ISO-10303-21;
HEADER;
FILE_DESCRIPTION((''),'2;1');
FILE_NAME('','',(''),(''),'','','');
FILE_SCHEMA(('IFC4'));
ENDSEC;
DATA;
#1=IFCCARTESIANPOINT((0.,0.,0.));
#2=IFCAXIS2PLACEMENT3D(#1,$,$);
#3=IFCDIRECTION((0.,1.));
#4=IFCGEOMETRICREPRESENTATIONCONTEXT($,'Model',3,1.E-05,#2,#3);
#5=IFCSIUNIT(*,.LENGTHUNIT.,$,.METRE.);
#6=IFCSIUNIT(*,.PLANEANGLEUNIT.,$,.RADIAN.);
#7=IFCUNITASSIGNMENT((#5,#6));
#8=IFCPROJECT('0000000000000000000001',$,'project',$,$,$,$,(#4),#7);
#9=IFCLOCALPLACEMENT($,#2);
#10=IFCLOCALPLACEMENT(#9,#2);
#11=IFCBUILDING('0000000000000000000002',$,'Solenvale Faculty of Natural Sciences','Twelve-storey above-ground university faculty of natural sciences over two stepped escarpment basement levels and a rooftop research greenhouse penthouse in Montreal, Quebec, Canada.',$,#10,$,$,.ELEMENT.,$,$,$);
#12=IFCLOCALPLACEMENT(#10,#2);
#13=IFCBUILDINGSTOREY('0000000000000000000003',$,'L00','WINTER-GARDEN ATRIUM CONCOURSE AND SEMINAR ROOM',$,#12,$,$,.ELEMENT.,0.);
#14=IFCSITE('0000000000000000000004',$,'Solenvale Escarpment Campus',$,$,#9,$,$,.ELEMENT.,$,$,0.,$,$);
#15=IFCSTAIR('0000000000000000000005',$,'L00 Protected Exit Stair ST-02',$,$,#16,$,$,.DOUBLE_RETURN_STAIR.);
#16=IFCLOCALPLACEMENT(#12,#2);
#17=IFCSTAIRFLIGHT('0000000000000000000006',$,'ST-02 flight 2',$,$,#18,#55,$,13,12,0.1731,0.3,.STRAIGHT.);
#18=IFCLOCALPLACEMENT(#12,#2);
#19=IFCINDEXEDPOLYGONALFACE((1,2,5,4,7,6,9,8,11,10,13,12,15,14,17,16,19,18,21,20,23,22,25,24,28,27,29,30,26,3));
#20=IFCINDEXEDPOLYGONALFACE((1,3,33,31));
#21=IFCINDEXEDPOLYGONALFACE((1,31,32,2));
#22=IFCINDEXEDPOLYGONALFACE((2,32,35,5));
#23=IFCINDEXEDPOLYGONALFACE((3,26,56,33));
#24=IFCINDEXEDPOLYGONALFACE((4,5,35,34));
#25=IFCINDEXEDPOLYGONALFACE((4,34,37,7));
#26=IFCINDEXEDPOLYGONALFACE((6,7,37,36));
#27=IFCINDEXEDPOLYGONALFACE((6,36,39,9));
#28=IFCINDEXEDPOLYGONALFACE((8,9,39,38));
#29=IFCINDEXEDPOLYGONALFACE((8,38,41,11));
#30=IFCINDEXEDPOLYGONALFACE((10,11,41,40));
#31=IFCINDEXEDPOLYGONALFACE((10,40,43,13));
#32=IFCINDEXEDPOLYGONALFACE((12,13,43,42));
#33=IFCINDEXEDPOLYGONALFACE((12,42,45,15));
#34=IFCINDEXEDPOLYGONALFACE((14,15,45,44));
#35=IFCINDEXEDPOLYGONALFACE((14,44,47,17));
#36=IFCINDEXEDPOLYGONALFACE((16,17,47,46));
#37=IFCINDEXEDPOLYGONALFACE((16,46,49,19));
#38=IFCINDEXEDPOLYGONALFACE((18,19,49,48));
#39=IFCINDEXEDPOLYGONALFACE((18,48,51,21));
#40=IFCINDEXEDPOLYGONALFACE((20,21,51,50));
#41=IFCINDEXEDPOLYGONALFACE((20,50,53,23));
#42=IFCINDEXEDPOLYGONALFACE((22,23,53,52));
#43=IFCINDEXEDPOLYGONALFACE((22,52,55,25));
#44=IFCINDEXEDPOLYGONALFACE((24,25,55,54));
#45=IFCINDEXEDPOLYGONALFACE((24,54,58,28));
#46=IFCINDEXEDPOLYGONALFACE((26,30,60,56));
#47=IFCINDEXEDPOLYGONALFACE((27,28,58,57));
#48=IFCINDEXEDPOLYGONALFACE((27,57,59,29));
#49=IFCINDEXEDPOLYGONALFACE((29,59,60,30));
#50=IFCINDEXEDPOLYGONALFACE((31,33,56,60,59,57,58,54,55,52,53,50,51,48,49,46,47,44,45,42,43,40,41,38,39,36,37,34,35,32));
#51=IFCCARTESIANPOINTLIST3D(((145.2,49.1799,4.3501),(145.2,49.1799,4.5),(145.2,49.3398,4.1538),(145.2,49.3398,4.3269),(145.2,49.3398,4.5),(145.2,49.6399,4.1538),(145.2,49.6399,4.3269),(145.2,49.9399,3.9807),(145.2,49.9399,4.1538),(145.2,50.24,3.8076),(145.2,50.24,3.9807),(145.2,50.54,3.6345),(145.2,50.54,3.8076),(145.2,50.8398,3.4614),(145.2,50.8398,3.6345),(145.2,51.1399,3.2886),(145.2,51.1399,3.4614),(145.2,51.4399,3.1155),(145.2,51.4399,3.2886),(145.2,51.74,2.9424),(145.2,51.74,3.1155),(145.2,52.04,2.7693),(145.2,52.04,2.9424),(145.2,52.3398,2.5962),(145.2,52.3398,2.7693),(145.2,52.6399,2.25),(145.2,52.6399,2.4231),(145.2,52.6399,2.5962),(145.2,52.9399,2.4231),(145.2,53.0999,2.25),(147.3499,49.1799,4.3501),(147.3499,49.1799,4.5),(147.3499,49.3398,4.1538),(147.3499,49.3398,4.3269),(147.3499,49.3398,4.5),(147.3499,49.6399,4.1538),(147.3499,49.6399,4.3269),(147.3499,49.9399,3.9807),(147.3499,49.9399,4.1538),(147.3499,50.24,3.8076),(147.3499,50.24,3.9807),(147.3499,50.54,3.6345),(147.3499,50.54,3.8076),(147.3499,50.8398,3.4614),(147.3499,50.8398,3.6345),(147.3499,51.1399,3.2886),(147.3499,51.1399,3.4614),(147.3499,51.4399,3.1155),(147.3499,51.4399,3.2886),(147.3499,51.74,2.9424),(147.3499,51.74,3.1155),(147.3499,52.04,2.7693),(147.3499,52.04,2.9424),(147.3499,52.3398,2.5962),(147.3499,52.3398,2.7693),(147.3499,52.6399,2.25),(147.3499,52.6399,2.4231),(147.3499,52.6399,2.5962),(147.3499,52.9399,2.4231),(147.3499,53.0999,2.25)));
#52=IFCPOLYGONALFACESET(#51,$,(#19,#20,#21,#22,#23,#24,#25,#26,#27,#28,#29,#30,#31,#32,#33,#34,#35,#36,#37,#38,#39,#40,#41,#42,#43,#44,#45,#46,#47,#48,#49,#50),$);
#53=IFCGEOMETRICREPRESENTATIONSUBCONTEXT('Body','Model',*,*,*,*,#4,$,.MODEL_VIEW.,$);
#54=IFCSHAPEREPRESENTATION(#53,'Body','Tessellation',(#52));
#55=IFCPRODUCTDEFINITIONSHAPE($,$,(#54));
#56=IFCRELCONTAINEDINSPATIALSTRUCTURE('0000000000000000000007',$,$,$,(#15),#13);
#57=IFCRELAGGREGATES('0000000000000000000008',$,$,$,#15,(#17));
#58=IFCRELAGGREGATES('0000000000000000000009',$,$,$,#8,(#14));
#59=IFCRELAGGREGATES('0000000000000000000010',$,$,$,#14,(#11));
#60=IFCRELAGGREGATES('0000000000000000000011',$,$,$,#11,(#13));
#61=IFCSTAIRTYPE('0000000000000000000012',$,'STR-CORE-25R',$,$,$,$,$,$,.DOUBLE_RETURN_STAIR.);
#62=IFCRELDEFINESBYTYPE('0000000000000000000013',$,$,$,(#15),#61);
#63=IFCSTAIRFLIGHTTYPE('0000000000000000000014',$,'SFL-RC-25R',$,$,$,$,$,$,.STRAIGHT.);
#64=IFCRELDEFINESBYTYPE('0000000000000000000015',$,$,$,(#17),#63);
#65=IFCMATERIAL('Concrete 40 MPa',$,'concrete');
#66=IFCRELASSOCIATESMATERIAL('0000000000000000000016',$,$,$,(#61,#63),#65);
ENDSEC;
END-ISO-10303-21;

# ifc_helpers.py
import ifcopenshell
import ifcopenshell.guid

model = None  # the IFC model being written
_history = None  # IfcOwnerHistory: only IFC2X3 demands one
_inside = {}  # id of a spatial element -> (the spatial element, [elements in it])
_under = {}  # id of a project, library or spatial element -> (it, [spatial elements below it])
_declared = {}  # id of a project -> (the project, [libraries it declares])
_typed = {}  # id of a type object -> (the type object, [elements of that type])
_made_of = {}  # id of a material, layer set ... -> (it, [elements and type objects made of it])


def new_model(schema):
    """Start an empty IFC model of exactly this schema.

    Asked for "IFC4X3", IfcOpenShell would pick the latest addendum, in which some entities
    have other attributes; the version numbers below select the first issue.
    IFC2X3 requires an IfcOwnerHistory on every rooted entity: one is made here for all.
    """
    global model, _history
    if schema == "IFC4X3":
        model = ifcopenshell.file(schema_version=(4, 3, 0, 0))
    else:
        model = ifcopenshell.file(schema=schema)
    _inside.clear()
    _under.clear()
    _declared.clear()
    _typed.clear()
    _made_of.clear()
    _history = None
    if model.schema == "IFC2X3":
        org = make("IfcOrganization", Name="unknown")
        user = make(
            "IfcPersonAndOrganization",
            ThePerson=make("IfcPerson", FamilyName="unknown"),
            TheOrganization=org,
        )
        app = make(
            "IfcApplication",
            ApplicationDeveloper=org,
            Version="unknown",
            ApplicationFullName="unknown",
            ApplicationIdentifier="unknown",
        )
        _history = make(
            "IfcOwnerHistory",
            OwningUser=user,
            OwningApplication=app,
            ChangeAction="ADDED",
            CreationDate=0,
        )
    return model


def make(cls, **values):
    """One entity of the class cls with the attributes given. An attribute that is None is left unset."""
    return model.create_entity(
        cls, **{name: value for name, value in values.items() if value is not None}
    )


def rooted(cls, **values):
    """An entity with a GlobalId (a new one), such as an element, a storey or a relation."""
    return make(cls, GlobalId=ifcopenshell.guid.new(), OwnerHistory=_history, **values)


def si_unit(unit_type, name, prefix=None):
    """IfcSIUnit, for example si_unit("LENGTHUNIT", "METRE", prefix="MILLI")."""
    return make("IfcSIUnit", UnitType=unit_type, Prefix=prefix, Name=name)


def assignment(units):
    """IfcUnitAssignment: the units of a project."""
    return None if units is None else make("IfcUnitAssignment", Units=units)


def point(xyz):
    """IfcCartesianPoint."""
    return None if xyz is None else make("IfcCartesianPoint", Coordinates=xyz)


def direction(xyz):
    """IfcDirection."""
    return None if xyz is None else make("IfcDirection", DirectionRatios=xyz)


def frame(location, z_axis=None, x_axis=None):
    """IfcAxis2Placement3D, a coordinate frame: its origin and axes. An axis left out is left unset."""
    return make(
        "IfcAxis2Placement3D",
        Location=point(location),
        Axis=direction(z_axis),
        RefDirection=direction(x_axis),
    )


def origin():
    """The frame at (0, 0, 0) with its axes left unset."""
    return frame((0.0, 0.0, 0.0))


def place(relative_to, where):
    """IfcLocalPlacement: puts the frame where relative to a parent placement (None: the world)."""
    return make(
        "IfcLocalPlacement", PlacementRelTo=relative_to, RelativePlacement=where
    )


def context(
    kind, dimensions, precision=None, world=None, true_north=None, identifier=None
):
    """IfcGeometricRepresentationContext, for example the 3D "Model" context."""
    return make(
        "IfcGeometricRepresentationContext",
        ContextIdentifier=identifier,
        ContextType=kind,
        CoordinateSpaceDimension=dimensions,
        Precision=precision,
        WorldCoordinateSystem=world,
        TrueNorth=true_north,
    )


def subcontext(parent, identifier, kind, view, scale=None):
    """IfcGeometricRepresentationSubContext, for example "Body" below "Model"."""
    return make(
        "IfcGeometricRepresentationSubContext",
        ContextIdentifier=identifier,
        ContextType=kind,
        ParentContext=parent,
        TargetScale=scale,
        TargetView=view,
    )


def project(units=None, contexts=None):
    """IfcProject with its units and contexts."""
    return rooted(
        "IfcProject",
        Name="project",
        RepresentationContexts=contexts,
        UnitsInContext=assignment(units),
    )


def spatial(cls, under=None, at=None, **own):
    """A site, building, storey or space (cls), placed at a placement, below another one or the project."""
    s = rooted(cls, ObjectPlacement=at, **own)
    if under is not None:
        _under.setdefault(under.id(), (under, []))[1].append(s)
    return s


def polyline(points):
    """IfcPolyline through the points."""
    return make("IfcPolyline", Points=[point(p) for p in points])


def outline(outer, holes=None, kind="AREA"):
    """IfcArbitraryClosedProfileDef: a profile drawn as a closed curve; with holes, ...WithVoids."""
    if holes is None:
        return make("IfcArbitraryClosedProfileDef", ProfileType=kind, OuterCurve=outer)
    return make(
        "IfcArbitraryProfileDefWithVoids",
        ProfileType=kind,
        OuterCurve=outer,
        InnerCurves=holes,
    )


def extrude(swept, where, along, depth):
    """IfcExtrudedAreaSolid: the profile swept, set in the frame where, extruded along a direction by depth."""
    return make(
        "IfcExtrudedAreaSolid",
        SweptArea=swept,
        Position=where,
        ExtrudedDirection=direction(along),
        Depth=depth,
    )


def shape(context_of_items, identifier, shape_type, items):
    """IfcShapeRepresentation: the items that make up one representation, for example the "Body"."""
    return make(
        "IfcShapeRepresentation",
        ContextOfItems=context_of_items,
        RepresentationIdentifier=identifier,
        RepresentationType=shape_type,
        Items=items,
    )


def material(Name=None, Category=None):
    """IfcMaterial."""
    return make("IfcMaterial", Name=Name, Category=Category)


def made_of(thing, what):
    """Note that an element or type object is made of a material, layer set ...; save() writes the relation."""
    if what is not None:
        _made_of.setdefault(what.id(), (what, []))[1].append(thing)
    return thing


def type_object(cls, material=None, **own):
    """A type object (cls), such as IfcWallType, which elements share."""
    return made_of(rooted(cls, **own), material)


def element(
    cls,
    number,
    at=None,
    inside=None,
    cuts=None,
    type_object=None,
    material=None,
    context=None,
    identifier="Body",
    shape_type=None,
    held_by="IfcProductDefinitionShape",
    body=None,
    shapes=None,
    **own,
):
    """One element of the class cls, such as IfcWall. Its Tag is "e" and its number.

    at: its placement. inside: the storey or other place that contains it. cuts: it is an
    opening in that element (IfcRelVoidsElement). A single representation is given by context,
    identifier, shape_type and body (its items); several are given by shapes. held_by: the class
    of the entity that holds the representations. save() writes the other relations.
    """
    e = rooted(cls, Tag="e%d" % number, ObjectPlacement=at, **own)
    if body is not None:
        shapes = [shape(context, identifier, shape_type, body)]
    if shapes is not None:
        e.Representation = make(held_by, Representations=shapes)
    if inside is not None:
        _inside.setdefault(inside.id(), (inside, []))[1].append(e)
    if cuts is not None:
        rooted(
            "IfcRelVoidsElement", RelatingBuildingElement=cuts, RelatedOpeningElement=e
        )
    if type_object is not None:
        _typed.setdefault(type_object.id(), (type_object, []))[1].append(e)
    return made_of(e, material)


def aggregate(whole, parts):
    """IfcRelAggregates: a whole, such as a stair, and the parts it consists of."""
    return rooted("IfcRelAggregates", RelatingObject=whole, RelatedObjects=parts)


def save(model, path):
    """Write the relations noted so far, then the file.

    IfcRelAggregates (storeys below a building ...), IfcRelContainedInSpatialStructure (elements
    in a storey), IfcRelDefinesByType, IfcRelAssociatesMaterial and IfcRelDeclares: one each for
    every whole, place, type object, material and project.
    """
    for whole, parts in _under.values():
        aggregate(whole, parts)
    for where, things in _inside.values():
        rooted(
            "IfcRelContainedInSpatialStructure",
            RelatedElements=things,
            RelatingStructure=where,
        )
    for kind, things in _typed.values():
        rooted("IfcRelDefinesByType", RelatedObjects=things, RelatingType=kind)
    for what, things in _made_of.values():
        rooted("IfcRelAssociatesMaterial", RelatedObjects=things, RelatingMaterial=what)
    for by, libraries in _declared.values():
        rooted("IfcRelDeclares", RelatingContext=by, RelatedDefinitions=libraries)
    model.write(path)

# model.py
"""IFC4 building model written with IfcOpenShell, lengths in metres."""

from ifc_helpers import new_model, si_unit, direction, frame, origin, place, context, subcontext, project, spatial, polyline, outline, extrude, material, type_object, element, aggregate, save


model = new_model("IFC4")

# Units and contexts
model_context = context("Model", 3, precision=1e-05, world=origin(), true_north=direction((0.0, 1.0)))
body_context = subcontext(model_context, "Body", "Model", "MODEL_VIEW")
ifc_project = project(units=[si_unit("LENGTHUNIT", "METRE"), si_unit("PLANEANGLEUNIT", "RADIAN")], contexts=[model_context])

# Site, building, storey
site_placement = place(None, origin())
site = spatial("IfcSite", under=ifc_project, at=site_placement, Name="Solenvale Escarpment Campus", CompositionType="ELEMENT", RefElevation=0.0)
building_placement = place(site_placement, origin())
building = spatial("IfcBuilding", under=site, at=building_placement, Name="Solenvale Faculty of Natural Sciences", Description="Twelve-storey above-ground university faculty of natural sciences over two stepped escarpment basement levels and a rooftop research greenhouse penthouse in Montreal, Quebec, Canada.", CompositionType="ELEMENT")
storey_placement = place(building_placement, origin())
storey = spatial("IfcBuildingStorey", under=building, at=storey_placement, Name="L00", Description="WINTER-GARDEN ATRIUM CONCOURSE AND SEMINAR ROOM", CompositionType="ELEMENT", Elevation=0.0)

# Shared definitions
ifc_material_1 = material(Name="Concrete 40 MPa", Category="concrete")

# Stair, stair flight
stair_type = type_object("IfcStairType", Name="STR-CORE-25R", PredefinedType="DOUBLE_RETURN_STAIR", material=ifc_material_1)
stair_placement = place(storey_placement, origin())
stair = element("IfcStair", 1, at=stair_placement, inside=storey, type_object=stair_type, Name="L00 Protected Exit Stair ST-02", PredefinedType="DOUBLE_RETURN_STAIR")
stair_flight_type = type_object("IfcStairFlightType", Name="SFL-RC-25R", PredefinedType="STRAIGHT", material=ifc_material_1)
stair_flight_1_placement = place(storey_placement, frame((146.2749, 52.9399, 2.25), z_axis=(0.0, 0.0, 1.0), x_axis=(0.0, -1.0, 0.0)))
stair_flight_1 = element("IfcStairFlight", 2, at=stair_flight_1_placement, type_object=stair_flight_type, Name="ST-02 flight 2", NumberOfRisers=13, NumberOfTreads=12, PredefinedType="STRAIGHT", RiserHeight=0.1731, TreadLength=0.3, context=body_context, shape_type="SweptSolid", body=[
    extrude(outline(polyline([(-0.1599, 0.0), (0.0, 0.1731), (0.3, 0.1731), (0.3, 0.3462), (0.6001, 0.3462), (0.6001, 0.5193), (0.8999, 0.5193), (0.8999, 0.6924), (1.2, 0.6924), (1.2, 0.8655), (1.5, 0.8655), (1.5, 1.0386), (1.8, 1.0386), (1.8, 1.2114), (2.1001, 1.2114), (2.1001, 1.3845), (2.3999, 1.3845), (2.3999, 1.5576), (2.7, 1.5576), (2.7, 1.7307), (3.0, 1.7307), (3.0, 1.9038), (3.3, 1.9038), (3.3, 2.0769), (3.6001, 2.0769), (3.6001, 2.25), (3.76, 2.25), (3.76, 2.1001), (3.6001, 1.9038), (0.3, 0.0), (-0.1599, 0.0)])), frame((0.0, 1.075, 0.0), z_axis=(0.0, -1.0, 0.0), x_axis=(1.0, 0.0, 0.0)), (0.0, 0.0, 1.0), 2.1499),
])
aggregate(stair, [stair_flight_1])

save(model, "model.ifc")
